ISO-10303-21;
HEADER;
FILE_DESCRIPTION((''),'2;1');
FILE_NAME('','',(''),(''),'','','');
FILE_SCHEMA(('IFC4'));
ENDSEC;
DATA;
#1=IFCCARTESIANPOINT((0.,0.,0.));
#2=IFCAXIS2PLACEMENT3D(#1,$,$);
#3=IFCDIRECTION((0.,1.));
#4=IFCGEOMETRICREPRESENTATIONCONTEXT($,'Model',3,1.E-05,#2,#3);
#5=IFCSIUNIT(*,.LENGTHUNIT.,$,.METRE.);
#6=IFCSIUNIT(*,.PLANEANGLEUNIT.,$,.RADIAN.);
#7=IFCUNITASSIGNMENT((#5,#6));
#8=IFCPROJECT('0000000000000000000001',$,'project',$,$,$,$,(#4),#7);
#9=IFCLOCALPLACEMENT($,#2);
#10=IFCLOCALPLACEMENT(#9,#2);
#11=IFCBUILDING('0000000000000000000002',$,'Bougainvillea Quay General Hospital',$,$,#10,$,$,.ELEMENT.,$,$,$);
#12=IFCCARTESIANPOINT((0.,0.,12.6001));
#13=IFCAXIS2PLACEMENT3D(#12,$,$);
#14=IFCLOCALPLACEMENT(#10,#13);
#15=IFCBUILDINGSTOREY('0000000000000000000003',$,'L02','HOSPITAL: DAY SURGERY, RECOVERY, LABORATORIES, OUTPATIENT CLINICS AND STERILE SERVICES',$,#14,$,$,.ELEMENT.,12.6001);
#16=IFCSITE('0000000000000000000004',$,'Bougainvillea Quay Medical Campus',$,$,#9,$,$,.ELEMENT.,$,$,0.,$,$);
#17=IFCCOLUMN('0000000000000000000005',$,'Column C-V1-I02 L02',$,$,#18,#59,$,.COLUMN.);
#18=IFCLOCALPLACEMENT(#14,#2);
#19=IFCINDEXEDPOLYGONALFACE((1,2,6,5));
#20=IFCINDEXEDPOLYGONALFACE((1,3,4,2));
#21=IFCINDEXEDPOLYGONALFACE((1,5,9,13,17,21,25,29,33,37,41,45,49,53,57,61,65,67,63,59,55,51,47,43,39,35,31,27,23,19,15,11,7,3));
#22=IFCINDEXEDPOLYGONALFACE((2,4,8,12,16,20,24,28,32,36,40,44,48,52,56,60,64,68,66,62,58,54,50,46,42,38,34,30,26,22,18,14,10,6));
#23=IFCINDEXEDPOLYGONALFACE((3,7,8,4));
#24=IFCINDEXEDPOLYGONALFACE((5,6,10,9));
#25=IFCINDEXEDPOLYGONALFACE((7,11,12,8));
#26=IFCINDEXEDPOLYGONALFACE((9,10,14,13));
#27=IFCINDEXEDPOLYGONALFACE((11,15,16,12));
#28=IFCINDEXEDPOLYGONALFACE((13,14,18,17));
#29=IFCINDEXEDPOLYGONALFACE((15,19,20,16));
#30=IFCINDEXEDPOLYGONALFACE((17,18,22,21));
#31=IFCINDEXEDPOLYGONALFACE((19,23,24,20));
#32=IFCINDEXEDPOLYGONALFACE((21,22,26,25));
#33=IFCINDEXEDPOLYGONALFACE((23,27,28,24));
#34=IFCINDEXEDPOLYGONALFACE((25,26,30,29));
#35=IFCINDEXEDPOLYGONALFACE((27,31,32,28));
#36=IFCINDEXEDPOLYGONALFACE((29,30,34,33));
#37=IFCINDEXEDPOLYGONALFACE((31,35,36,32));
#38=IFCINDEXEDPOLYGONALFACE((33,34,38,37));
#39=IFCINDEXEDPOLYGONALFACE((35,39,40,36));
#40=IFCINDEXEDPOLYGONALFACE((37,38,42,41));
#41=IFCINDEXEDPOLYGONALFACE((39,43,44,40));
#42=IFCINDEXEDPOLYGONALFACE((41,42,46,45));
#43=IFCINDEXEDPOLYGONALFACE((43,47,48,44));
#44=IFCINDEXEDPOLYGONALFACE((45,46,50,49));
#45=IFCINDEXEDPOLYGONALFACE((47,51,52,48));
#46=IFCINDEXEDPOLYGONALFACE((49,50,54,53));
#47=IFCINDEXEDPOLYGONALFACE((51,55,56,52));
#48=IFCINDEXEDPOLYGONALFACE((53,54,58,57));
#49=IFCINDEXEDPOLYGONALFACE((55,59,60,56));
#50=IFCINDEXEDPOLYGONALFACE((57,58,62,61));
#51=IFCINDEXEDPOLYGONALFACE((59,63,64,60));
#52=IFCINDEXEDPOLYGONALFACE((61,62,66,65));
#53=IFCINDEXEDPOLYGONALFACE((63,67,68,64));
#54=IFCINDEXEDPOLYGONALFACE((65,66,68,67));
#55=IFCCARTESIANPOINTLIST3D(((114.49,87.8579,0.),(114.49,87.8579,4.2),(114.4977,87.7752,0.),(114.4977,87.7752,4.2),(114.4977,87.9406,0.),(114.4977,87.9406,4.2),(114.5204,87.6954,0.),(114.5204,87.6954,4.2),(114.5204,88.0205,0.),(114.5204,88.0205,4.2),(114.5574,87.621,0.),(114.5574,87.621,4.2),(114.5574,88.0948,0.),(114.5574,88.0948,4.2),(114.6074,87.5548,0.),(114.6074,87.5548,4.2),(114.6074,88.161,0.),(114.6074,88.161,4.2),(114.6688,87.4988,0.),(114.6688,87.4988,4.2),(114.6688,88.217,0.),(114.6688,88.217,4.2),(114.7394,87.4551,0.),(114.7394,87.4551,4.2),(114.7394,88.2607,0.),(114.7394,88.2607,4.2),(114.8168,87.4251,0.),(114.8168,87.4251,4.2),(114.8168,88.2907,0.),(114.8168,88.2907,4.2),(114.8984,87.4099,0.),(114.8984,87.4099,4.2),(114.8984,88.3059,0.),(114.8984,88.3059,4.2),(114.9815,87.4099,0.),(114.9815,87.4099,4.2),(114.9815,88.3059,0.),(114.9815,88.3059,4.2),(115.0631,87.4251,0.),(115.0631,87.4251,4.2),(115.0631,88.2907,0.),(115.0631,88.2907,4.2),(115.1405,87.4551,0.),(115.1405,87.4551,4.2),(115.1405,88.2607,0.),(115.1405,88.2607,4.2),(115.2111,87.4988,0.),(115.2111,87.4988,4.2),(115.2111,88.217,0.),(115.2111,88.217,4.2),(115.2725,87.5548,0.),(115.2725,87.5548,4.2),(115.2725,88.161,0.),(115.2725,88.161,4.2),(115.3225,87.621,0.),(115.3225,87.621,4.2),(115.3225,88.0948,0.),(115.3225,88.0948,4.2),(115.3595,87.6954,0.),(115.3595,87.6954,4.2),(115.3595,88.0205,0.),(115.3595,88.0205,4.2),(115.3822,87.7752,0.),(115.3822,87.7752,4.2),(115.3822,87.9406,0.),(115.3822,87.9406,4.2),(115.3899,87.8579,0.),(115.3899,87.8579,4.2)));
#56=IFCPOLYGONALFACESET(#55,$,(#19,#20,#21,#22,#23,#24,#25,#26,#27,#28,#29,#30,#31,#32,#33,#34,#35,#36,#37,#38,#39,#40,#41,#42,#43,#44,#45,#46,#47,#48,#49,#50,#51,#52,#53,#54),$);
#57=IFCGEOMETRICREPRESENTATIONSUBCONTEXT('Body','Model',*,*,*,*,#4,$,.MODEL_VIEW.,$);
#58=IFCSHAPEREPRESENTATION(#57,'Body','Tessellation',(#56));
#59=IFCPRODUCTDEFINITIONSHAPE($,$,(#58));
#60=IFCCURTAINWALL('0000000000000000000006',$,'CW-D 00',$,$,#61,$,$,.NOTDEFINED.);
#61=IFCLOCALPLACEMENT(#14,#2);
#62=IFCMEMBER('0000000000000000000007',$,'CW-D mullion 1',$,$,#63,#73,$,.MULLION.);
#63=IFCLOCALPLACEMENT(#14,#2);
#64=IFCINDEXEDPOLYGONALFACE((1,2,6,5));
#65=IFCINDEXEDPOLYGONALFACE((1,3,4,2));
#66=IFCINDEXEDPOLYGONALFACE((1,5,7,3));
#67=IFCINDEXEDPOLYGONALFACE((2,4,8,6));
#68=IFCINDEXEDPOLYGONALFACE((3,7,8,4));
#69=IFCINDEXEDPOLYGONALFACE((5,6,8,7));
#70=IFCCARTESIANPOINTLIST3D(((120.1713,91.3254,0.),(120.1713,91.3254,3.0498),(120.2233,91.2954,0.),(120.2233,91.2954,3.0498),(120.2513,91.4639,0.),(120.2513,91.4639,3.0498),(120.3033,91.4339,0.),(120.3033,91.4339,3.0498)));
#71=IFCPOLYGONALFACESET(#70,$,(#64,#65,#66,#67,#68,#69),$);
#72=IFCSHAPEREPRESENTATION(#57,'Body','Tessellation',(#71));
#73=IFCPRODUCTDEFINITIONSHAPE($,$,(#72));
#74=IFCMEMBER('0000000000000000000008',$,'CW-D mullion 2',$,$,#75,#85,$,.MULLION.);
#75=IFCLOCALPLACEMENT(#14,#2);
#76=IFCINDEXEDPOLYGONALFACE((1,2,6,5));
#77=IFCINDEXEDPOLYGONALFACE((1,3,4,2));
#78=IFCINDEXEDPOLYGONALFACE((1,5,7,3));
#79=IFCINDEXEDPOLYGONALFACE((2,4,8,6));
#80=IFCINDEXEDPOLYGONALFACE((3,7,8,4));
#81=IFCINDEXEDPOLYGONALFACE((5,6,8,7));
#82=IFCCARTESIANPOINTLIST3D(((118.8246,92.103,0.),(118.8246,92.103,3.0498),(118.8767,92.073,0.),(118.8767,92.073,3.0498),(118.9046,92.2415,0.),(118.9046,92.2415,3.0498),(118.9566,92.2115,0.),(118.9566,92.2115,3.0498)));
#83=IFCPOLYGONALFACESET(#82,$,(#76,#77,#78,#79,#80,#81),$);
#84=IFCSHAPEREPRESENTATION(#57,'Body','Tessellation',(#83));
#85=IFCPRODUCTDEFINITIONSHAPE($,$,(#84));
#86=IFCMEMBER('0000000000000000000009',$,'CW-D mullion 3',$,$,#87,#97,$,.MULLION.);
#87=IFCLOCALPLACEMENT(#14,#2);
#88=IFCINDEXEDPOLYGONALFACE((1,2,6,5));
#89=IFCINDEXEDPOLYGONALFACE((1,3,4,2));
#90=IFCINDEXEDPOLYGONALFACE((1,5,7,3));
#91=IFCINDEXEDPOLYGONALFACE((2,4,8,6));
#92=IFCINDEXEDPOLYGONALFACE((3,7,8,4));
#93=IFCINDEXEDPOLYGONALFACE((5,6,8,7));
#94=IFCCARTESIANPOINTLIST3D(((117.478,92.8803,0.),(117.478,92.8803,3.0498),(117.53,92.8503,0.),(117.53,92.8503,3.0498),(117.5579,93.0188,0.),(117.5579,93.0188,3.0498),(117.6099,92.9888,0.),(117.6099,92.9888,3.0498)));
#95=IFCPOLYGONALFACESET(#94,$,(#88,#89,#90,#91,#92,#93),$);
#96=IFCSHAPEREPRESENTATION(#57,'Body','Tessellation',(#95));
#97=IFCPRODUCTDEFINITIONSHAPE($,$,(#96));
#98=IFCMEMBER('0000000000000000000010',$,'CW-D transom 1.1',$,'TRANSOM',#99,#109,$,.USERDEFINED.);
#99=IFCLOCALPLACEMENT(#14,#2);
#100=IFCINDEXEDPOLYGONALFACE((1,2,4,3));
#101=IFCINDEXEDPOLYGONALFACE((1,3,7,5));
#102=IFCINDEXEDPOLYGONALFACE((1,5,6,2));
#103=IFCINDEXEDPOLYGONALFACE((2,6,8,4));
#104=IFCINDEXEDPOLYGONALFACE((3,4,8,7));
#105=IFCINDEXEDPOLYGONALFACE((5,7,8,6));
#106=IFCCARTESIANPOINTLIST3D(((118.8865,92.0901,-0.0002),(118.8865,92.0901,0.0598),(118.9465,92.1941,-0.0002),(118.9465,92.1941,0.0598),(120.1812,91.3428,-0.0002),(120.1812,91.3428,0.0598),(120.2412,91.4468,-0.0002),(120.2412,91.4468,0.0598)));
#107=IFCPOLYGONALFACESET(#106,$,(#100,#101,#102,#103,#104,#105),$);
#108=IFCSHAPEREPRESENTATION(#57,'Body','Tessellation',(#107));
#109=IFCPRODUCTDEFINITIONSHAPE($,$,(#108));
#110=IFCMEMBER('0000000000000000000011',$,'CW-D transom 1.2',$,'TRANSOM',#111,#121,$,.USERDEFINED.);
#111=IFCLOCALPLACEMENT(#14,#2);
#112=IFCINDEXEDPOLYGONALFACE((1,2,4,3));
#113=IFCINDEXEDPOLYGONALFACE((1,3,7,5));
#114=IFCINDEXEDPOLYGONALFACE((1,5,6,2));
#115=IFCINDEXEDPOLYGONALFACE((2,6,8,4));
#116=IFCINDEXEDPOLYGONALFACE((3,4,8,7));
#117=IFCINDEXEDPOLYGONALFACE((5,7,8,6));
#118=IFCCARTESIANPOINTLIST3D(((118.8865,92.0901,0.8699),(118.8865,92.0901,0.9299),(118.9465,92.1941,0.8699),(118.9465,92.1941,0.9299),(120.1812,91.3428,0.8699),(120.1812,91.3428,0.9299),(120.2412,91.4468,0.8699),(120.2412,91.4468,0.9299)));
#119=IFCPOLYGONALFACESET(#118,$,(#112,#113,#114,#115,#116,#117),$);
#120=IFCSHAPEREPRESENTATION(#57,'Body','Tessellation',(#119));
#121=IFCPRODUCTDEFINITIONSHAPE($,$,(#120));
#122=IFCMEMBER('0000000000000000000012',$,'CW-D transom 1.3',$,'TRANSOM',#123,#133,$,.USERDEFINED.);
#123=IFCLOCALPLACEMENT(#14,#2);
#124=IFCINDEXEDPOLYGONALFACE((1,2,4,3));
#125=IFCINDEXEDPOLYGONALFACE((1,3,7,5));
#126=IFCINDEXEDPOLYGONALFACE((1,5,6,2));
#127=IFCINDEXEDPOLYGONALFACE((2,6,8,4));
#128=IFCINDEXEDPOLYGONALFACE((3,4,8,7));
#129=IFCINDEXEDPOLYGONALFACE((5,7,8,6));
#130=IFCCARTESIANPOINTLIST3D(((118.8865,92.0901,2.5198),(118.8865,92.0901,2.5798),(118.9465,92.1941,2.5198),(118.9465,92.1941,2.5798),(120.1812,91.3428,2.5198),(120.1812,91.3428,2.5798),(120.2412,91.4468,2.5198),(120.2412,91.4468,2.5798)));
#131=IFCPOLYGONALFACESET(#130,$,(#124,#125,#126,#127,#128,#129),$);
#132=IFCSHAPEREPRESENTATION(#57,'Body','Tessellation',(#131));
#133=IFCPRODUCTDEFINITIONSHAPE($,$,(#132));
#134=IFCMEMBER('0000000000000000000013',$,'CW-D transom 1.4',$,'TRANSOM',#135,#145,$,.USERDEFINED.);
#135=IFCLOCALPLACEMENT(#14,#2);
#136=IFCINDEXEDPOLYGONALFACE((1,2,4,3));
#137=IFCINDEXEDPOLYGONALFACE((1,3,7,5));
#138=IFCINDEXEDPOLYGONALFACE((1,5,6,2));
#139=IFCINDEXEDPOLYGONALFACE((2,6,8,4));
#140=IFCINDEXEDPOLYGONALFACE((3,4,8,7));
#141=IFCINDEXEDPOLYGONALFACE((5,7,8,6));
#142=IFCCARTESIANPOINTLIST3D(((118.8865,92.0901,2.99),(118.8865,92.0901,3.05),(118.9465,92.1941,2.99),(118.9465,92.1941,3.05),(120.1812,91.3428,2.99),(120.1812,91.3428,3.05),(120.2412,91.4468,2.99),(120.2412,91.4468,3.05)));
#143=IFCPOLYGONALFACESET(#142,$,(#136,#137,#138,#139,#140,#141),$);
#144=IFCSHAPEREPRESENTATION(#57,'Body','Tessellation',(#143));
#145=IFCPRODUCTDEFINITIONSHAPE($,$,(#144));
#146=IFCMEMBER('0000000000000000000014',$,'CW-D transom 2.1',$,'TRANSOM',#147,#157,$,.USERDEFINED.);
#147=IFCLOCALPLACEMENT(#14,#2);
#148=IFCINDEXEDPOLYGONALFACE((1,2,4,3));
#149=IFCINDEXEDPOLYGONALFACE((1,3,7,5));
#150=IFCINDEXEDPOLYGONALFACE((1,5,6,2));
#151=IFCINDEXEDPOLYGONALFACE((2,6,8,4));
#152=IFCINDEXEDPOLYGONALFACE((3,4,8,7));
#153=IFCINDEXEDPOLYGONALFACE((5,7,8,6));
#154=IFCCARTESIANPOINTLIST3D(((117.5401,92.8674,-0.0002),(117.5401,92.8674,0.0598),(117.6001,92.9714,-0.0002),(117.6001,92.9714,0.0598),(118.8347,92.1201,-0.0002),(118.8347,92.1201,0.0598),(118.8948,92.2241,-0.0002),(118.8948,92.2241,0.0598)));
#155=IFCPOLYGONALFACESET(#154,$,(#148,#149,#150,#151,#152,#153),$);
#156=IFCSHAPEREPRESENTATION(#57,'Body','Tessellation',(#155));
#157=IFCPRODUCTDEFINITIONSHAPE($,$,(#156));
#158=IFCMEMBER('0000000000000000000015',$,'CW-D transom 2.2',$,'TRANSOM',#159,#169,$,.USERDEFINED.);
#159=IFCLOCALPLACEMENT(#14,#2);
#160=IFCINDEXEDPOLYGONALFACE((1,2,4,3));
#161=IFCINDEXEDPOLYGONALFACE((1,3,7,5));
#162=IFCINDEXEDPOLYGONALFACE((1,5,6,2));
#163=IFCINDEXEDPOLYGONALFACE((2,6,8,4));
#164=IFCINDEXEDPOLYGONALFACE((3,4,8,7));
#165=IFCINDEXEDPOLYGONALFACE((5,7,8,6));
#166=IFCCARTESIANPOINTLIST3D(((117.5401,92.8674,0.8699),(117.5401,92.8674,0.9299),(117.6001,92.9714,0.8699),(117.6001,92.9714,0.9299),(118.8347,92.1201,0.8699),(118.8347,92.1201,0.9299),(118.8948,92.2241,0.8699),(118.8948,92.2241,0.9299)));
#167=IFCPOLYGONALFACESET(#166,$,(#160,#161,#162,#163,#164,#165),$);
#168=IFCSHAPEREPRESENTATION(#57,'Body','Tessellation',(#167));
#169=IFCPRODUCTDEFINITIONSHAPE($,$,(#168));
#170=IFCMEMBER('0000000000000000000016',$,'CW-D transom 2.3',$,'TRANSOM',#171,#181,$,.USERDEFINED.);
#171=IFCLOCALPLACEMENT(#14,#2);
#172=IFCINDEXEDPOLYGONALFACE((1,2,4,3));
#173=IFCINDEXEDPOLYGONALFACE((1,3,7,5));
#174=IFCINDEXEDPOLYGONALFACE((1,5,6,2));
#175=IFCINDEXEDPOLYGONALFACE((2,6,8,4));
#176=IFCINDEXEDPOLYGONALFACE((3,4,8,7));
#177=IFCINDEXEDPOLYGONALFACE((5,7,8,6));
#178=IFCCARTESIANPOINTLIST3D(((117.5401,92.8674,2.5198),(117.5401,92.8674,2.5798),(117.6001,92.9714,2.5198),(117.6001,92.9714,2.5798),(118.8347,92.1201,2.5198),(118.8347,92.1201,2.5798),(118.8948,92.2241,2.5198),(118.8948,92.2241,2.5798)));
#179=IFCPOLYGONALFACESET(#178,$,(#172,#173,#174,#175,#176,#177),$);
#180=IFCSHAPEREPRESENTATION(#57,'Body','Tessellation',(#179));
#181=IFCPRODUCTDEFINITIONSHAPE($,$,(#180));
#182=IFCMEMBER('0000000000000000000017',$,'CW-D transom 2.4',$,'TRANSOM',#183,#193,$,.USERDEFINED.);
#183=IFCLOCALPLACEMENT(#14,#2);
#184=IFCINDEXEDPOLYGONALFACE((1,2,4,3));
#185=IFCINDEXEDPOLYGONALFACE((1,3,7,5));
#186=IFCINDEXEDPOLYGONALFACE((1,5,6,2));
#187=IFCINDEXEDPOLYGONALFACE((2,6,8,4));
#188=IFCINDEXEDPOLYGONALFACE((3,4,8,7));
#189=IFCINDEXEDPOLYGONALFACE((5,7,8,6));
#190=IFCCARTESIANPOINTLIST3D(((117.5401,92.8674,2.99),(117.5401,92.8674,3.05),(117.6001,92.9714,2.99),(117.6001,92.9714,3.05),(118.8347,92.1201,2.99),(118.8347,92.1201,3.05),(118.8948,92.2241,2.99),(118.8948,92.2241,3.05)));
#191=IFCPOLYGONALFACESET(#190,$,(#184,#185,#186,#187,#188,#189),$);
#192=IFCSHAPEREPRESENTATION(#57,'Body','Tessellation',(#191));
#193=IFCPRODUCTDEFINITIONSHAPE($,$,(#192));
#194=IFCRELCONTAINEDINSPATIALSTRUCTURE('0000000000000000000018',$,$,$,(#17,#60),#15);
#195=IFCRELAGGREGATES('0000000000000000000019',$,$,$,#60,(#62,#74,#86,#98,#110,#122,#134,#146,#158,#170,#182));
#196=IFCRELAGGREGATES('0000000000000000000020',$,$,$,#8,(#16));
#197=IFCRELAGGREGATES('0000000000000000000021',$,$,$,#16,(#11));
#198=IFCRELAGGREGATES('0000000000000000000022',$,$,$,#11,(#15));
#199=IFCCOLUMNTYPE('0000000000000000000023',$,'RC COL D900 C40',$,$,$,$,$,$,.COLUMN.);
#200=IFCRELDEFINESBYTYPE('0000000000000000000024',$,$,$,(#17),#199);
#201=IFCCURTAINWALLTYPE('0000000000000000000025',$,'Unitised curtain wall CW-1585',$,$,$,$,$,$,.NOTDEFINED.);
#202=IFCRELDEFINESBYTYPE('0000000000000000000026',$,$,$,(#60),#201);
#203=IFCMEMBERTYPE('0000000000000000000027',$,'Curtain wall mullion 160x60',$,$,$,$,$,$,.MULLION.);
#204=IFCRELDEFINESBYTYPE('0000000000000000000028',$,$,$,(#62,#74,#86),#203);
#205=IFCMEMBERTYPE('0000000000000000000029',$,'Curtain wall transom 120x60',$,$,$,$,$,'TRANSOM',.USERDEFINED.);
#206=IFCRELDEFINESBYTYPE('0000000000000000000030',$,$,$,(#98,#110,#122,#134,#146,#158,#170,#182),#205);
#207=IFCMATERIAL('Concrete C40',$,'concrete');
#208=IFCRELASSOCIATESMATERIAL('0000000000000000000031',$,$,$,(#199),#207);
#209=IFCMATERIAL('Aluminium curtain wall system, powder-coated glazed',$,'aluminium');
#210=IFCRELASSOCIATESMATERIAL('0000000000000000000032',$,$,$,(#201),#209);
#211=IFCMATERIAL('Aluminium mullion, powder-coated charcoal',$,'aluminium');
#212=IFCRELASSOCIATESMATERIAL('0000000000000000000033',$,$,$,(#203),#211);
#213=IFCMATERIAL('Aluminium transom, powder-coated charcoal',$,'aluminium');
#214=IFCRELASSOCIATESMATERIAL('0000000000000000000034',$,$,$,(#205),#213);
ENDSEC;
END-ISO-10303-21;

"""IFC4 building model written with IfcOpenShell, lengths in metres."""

from ifc_helpers import new_model, si_unit, direction, frame, origin, origin_2d, place, context, subcontext, project, spatial, rectangle, circle, extrude, material, material_profile, profile_set, type_object, element, aggregate, save


model = new_model("IFC4")

# Units and contexts
model_context = context("Model", 3, precision=1e-05, world=origin(), true_north=direction((0.0, 1.0)))
body_context = subcontext(model_context, "Body", "Model", "MODEL_VIEW")
ifc_project = project(units=[si_unit("LENGTHUNIT", "METRE"), si_unit("PLANEANGLEUNIT", "RADIAN")], contexts=[model_context])

# Site, building, storey
site_placement = place(None, origin())
site = spatial("IfcSite", under=ifc_project, at=site_placement, Name="Bougainvillea Quay Medical Campus", CompositionType="ELEMENT", RefElevation=0.0)
building_placement = place(site_placement, origin())
building = spatial("IfcBuilding", under=site, at=building_placement, Name="Bougainvillea Quay General Hospital", CompositionType="ELEMENT")
storey_placement = place(building_placement, frame((0.0, 0.0, 12.6001)))
storey = spatial("IfcBuildingStorey", under=building, at=storey_placement, Name="L02", Description="HOSPITAL: DAY SURGERY, RECOVERY, LABORATORIES, OUTPATIENT CLINICS AND STERILE SERVICES", CompositionType="ELEMENT", Elevation=12.6001)

# Column
ifc_material_1 = material(Name="Concrete C40", Category="concrete")
ifc_material_profile_1 = material_profile(ifc_material_1, circle(Radius=0.45, at=origin_2d()))
ifc_profile_set_1 = profile_set([ifc_material_profile_1], Name="Concrete C40")
column_type = type_object("IfcColumnType", Name="RC COL D900 C40", PredefinedType="COLUMN", material=ifc_profile_set_1)
column_placement = place(storey_placement, frame((114.9399, 87.8579, 0.0), z_axis=(0.0, 0.0, 1.0), x_axis=(1.0, 0.0, 0.0)))
element("IfcColumn", 1, at=column_placement, inside=storey, type_object=column_type, Name="Column C-V1-I02 L02", PredefinedType="COLUMN", context=body_context, shape_type="SweptSolid", body=[
    extrude(circle(Radius=0.45, at=origin_2d()), origin(), (0.0, 0.0, 1.0), 4.2),
])

# Curtain wall, members
ifc_material_2 = material(Name="Aluminium curtain wall system, powder-coated glazed", Category="aluminium")
curtain_wall_type = type_object("IfcCurtainWallType", Name="Unitised curtain wall CW-1585", PredefinedType="NOTDEFINED", material=ifc_material_2)
curtain_wall_placement = place(storey_placement, origin())
curtain_wall = element("IfcCurtainWall", 2, at=curtain_wall_placement, inside=storey, type_object=curtain_wall_type, Name="CW-D 00", PredefinedType="NOTDEFINED")
ifc_material_3 = material(Name="Aluminium mullion, powder-coated charcoal", Category="aluminium")
ifc_material_profile_2 = material_profile(ifc_material_3, rectangle(XDim=0.1599, YDim=0.0601, at=origin_2d()))
ifc_profile_set_2 = profile_set([ifc_material_profile_2], Name="Aluminium mullion, powder-coated charcoal")
member_type_1 = type_object("IfcMemberType", Name="Curtain wall mullion 160x60", PredefinedType="MULLION", material=ifc_profile_set_2)
member_1_placement = place(storey_placement, frame((120.2373, 91.3796, 0.0), z_axis=(0.0, 0.0, 1.0), x_axis=(-0.499965, -0.866046, 0.0)))
member_1 = element("IfcMember", 3, at=member_1_placement, type_object=member_type_1, Name="CW-D mullion 1", PredefinedType="MULLION", context=body_context, shape_type="SweptSolid", body=[
    extrude(rectangle(XDim=0.1599, YDim=0.0601, at=origin_2d()), origin(), (0.0, 0.0, 1.0), 3.0498),
])
member_2_placement = place(storey_placement, frame((118.8906, 92.1572, 0.0), z_axis=(0.0, 0.0, 1.0), x_axis=(-0.499965, -0.866046, 0.0)))
member_2 = element("IfcMember", 4, at=member_2_placement, type_object=member_type_1, Name="CW-D mullion 2", PredefinedType="MULLION", context=body_context, shape_type="SweptSolid", body=[
    extrude(rectangle(XDim=0.1599, YDim=0.0601, at=origin_2d()), origin(), (0.0, 0.0, 1.0), 3.0498),
])
member_3_placement = place(storey_placement, frame((117.5439, 92.9346, 0.0), z_axis=(0.0, 0.0, 1.0), x_axis=(-0.499965, -0.866046, 0.0)))
member_3 = element("IfcMember", 5, at=member_3_placement, type_object=member_type_1, Name="CW-D mullion 3", PredefinedType="MULLION", context=body_context, shape_type="SweptSolid", body=[
    extrude(rectangle(XDim=0.1599, YDim=0.0601, at=origin_2d()), origin(), (0.0, 0.0, 1.0), 3.0498),
])
ifc_material_4 = material(Name="Aluminium transom, powder-coated charcoal", Category="aluminium")
ifc_material_profile_3 = material_profile(ifc_material_4, rectangle(XDim=0.1201, YDim=0.0601, at=origin_2d()))
ifc_profile_set_3 = profile_set([ifc_material_profile_3], Name="Aluminium transom, powder-coated charcoal")
member_type_2 = type_object("IfcMemberType", Name="Curtain wall transom 120x60", ElementType="TRANSOM", PredefinedType="USERDEFINED", material=ifc_profile_set_3)
member_4_placement = place(storey_placement, frame((120.2112, 91.3948, 0.0298), z_axis=(-0.866074, 0.499916, 0.0), x_axis=(-0.499916, -0.866074, 0.0)))
member_4 = element("IfcMember", 6, at=member_4_placement, type_object=member_type_2, Name="CW-D transom 1.1", ObjectType="TRANSOM", PredefinedType="USERDEFINED", context=body_context, shape_type="SweptSolid", body=[
    extrude(rectangle(XDim=0.1201, YDim=0.0601, at=origin_2d()), origin(), (0.0, 0.0, 1.0), 1.4949),
])
member_5_placement = place(storey_placement, frame((120.2112, 91.3948, 0.8999), z_axis=(-0.866074, 0.499916, 0.0), x_axis=(-0.499916, -0.866074, 0.0)))
member_5 = element("IfcMember", 7, at=member_5_placement, type_object=member_type_2, Name="CW-D transom 1.2", ObjectType="TRANSOM", PredefinedType="USERDEFINED", context=body_context, shape_type="SweptSolid", body=[
    extrude(rectangle(XDim=0.1201, YDim=0.0601, at=origin_2d()), origin(), (0.0, 0.0, 1.0), 1.4949),
])
member_6_placement = place(storey_placement, frame((120.2112, 91.3948, 2.5498), z_axis=(-0.866074, 0.499916, 0.0), x_axis=(-0.499916, -0.866074, 0.0)))
member_6 = element("IfcMember", 8, at=member_6_placement, type_object=member_type_2, Name="CW-D transom 1.3", ObjectType="TRANSOM", PredefinedType="USERDEFINED", context=body_context, shape_type="SweptSolid", body=[
    extrude(rectangle(XDim=0.1201, YDim=0.0601, at=origin_2d()), origin(), (0.0, 0.0, 1.0), 1.4949),
])
member_7_placement = place(storey_placement, frame((120.2112, 91.3948, 3.02), z_axis=(-0.866074, 0.499916, 0.0), x_axis=(-0.499916, -0.866074, 0.0)))
member_7 = element("IfcMember", 9, at=member_7_placement, type_object=member_type_2, Name="CW-D transom 1.4", ObjectType="TRANSOM", PredefinedType="USERDEFINED", context=body_context, shape_type="SweptSolid", body=[
    extrude(rectangle(XDim=0.1201, YDim=0.0601, at=origin_2d()), origin(), (0.0, 0.0, 1.0), 1.4949),
])
member_8_placement = place(storey_placement, frame((118.8647, 92.1721, 0.0298), z_axis=(-0.866074, 0.499916, 0.0), x_axis=(-0.499916, -0.866074, 0.0)))
member_8 = element("IfcMember", 10, at=member_8_placement, type_object=member_type_2, Name="CW-D transom 2.1", ObjectType="TRANSOM", PredefinedType="USERDEFINED", context=body_context, shape_type="SweptSolid", body=[
    extrude(rectangle(XDim=0.1201, YDim=0.0601, at=origin_2d()), origin(), (0.0, 0.0, 1.0), 1.4949),
])
member_9_placement = place(storey_placement, frame((118.8647, 92.1721, 0.8999), z_axis=(-0.866074, 0.499916, 0.0), x_axis=(-0.499916, -0.866074, 0.0)))
member_9 = element("IfcMember", 11, at=member_9_placement, type_object=member_type_2, Name="CW-D transom 2.2", ObjectType="TRANSOM", PredefinedType="USERDEFINED", context=body_context, shape_type="SweptSolid", body=[
    extrude(rectangle(XDim=0.1201, YDim=0.0601, at=origin_2d()), origin(), (0.0, 0.0, 1.0), 1.4949),
])
member_10_placement = place(storey_placement, frame((118.8647, 92.1721, 2.5498), z_axis=(-0.866074, 0.499916, 0.0), x_axis=(-0.499916, -0.866074, 0.0)))
member_10 = element("IfcMember", 12, at=member_10_placement, type_object=member_type_2, Name="CW-D transom 2.3", ObjectType="TRANSOM", PredefinedType="USERDEFINED", context=body_context, shape_type="SweptSolid", body=[
    extrude(rectangle(XDim=0.1201, YDim=0.0601, at=origin_2d()), origin(), (0.0, 0.0, 1.0), 1.4949),
])
member_11_placement = place(storey_placement, frame((118.8647, 92.1721, 3.02), z_axis=(-0.866074, 0.499916, 0.0), x_axis=(-0.499916, -0.866074, 0.0)))
member_11 = element("IfcMember", 13, at=member_11_placement, type_object=member_type_2, Name="CW-D transom 2.4", ObjectType="TRANSOM", PredefinedType="USERDEFINED", context=body_context, shape_type="SweptSolid", body=[
    extrude(rectangle(XDim=0.1201, YDim=0.0601, at=origin_2d()), origin(), (0.0, 0.0, 1.0), 1.4949),
])

aggregate(curtain_wall, [member_1, member_2, member_3, member_4, member_5, member_6, member_7, member_8, member_9, member_10, member_11])

save(model, "model.ifc")
